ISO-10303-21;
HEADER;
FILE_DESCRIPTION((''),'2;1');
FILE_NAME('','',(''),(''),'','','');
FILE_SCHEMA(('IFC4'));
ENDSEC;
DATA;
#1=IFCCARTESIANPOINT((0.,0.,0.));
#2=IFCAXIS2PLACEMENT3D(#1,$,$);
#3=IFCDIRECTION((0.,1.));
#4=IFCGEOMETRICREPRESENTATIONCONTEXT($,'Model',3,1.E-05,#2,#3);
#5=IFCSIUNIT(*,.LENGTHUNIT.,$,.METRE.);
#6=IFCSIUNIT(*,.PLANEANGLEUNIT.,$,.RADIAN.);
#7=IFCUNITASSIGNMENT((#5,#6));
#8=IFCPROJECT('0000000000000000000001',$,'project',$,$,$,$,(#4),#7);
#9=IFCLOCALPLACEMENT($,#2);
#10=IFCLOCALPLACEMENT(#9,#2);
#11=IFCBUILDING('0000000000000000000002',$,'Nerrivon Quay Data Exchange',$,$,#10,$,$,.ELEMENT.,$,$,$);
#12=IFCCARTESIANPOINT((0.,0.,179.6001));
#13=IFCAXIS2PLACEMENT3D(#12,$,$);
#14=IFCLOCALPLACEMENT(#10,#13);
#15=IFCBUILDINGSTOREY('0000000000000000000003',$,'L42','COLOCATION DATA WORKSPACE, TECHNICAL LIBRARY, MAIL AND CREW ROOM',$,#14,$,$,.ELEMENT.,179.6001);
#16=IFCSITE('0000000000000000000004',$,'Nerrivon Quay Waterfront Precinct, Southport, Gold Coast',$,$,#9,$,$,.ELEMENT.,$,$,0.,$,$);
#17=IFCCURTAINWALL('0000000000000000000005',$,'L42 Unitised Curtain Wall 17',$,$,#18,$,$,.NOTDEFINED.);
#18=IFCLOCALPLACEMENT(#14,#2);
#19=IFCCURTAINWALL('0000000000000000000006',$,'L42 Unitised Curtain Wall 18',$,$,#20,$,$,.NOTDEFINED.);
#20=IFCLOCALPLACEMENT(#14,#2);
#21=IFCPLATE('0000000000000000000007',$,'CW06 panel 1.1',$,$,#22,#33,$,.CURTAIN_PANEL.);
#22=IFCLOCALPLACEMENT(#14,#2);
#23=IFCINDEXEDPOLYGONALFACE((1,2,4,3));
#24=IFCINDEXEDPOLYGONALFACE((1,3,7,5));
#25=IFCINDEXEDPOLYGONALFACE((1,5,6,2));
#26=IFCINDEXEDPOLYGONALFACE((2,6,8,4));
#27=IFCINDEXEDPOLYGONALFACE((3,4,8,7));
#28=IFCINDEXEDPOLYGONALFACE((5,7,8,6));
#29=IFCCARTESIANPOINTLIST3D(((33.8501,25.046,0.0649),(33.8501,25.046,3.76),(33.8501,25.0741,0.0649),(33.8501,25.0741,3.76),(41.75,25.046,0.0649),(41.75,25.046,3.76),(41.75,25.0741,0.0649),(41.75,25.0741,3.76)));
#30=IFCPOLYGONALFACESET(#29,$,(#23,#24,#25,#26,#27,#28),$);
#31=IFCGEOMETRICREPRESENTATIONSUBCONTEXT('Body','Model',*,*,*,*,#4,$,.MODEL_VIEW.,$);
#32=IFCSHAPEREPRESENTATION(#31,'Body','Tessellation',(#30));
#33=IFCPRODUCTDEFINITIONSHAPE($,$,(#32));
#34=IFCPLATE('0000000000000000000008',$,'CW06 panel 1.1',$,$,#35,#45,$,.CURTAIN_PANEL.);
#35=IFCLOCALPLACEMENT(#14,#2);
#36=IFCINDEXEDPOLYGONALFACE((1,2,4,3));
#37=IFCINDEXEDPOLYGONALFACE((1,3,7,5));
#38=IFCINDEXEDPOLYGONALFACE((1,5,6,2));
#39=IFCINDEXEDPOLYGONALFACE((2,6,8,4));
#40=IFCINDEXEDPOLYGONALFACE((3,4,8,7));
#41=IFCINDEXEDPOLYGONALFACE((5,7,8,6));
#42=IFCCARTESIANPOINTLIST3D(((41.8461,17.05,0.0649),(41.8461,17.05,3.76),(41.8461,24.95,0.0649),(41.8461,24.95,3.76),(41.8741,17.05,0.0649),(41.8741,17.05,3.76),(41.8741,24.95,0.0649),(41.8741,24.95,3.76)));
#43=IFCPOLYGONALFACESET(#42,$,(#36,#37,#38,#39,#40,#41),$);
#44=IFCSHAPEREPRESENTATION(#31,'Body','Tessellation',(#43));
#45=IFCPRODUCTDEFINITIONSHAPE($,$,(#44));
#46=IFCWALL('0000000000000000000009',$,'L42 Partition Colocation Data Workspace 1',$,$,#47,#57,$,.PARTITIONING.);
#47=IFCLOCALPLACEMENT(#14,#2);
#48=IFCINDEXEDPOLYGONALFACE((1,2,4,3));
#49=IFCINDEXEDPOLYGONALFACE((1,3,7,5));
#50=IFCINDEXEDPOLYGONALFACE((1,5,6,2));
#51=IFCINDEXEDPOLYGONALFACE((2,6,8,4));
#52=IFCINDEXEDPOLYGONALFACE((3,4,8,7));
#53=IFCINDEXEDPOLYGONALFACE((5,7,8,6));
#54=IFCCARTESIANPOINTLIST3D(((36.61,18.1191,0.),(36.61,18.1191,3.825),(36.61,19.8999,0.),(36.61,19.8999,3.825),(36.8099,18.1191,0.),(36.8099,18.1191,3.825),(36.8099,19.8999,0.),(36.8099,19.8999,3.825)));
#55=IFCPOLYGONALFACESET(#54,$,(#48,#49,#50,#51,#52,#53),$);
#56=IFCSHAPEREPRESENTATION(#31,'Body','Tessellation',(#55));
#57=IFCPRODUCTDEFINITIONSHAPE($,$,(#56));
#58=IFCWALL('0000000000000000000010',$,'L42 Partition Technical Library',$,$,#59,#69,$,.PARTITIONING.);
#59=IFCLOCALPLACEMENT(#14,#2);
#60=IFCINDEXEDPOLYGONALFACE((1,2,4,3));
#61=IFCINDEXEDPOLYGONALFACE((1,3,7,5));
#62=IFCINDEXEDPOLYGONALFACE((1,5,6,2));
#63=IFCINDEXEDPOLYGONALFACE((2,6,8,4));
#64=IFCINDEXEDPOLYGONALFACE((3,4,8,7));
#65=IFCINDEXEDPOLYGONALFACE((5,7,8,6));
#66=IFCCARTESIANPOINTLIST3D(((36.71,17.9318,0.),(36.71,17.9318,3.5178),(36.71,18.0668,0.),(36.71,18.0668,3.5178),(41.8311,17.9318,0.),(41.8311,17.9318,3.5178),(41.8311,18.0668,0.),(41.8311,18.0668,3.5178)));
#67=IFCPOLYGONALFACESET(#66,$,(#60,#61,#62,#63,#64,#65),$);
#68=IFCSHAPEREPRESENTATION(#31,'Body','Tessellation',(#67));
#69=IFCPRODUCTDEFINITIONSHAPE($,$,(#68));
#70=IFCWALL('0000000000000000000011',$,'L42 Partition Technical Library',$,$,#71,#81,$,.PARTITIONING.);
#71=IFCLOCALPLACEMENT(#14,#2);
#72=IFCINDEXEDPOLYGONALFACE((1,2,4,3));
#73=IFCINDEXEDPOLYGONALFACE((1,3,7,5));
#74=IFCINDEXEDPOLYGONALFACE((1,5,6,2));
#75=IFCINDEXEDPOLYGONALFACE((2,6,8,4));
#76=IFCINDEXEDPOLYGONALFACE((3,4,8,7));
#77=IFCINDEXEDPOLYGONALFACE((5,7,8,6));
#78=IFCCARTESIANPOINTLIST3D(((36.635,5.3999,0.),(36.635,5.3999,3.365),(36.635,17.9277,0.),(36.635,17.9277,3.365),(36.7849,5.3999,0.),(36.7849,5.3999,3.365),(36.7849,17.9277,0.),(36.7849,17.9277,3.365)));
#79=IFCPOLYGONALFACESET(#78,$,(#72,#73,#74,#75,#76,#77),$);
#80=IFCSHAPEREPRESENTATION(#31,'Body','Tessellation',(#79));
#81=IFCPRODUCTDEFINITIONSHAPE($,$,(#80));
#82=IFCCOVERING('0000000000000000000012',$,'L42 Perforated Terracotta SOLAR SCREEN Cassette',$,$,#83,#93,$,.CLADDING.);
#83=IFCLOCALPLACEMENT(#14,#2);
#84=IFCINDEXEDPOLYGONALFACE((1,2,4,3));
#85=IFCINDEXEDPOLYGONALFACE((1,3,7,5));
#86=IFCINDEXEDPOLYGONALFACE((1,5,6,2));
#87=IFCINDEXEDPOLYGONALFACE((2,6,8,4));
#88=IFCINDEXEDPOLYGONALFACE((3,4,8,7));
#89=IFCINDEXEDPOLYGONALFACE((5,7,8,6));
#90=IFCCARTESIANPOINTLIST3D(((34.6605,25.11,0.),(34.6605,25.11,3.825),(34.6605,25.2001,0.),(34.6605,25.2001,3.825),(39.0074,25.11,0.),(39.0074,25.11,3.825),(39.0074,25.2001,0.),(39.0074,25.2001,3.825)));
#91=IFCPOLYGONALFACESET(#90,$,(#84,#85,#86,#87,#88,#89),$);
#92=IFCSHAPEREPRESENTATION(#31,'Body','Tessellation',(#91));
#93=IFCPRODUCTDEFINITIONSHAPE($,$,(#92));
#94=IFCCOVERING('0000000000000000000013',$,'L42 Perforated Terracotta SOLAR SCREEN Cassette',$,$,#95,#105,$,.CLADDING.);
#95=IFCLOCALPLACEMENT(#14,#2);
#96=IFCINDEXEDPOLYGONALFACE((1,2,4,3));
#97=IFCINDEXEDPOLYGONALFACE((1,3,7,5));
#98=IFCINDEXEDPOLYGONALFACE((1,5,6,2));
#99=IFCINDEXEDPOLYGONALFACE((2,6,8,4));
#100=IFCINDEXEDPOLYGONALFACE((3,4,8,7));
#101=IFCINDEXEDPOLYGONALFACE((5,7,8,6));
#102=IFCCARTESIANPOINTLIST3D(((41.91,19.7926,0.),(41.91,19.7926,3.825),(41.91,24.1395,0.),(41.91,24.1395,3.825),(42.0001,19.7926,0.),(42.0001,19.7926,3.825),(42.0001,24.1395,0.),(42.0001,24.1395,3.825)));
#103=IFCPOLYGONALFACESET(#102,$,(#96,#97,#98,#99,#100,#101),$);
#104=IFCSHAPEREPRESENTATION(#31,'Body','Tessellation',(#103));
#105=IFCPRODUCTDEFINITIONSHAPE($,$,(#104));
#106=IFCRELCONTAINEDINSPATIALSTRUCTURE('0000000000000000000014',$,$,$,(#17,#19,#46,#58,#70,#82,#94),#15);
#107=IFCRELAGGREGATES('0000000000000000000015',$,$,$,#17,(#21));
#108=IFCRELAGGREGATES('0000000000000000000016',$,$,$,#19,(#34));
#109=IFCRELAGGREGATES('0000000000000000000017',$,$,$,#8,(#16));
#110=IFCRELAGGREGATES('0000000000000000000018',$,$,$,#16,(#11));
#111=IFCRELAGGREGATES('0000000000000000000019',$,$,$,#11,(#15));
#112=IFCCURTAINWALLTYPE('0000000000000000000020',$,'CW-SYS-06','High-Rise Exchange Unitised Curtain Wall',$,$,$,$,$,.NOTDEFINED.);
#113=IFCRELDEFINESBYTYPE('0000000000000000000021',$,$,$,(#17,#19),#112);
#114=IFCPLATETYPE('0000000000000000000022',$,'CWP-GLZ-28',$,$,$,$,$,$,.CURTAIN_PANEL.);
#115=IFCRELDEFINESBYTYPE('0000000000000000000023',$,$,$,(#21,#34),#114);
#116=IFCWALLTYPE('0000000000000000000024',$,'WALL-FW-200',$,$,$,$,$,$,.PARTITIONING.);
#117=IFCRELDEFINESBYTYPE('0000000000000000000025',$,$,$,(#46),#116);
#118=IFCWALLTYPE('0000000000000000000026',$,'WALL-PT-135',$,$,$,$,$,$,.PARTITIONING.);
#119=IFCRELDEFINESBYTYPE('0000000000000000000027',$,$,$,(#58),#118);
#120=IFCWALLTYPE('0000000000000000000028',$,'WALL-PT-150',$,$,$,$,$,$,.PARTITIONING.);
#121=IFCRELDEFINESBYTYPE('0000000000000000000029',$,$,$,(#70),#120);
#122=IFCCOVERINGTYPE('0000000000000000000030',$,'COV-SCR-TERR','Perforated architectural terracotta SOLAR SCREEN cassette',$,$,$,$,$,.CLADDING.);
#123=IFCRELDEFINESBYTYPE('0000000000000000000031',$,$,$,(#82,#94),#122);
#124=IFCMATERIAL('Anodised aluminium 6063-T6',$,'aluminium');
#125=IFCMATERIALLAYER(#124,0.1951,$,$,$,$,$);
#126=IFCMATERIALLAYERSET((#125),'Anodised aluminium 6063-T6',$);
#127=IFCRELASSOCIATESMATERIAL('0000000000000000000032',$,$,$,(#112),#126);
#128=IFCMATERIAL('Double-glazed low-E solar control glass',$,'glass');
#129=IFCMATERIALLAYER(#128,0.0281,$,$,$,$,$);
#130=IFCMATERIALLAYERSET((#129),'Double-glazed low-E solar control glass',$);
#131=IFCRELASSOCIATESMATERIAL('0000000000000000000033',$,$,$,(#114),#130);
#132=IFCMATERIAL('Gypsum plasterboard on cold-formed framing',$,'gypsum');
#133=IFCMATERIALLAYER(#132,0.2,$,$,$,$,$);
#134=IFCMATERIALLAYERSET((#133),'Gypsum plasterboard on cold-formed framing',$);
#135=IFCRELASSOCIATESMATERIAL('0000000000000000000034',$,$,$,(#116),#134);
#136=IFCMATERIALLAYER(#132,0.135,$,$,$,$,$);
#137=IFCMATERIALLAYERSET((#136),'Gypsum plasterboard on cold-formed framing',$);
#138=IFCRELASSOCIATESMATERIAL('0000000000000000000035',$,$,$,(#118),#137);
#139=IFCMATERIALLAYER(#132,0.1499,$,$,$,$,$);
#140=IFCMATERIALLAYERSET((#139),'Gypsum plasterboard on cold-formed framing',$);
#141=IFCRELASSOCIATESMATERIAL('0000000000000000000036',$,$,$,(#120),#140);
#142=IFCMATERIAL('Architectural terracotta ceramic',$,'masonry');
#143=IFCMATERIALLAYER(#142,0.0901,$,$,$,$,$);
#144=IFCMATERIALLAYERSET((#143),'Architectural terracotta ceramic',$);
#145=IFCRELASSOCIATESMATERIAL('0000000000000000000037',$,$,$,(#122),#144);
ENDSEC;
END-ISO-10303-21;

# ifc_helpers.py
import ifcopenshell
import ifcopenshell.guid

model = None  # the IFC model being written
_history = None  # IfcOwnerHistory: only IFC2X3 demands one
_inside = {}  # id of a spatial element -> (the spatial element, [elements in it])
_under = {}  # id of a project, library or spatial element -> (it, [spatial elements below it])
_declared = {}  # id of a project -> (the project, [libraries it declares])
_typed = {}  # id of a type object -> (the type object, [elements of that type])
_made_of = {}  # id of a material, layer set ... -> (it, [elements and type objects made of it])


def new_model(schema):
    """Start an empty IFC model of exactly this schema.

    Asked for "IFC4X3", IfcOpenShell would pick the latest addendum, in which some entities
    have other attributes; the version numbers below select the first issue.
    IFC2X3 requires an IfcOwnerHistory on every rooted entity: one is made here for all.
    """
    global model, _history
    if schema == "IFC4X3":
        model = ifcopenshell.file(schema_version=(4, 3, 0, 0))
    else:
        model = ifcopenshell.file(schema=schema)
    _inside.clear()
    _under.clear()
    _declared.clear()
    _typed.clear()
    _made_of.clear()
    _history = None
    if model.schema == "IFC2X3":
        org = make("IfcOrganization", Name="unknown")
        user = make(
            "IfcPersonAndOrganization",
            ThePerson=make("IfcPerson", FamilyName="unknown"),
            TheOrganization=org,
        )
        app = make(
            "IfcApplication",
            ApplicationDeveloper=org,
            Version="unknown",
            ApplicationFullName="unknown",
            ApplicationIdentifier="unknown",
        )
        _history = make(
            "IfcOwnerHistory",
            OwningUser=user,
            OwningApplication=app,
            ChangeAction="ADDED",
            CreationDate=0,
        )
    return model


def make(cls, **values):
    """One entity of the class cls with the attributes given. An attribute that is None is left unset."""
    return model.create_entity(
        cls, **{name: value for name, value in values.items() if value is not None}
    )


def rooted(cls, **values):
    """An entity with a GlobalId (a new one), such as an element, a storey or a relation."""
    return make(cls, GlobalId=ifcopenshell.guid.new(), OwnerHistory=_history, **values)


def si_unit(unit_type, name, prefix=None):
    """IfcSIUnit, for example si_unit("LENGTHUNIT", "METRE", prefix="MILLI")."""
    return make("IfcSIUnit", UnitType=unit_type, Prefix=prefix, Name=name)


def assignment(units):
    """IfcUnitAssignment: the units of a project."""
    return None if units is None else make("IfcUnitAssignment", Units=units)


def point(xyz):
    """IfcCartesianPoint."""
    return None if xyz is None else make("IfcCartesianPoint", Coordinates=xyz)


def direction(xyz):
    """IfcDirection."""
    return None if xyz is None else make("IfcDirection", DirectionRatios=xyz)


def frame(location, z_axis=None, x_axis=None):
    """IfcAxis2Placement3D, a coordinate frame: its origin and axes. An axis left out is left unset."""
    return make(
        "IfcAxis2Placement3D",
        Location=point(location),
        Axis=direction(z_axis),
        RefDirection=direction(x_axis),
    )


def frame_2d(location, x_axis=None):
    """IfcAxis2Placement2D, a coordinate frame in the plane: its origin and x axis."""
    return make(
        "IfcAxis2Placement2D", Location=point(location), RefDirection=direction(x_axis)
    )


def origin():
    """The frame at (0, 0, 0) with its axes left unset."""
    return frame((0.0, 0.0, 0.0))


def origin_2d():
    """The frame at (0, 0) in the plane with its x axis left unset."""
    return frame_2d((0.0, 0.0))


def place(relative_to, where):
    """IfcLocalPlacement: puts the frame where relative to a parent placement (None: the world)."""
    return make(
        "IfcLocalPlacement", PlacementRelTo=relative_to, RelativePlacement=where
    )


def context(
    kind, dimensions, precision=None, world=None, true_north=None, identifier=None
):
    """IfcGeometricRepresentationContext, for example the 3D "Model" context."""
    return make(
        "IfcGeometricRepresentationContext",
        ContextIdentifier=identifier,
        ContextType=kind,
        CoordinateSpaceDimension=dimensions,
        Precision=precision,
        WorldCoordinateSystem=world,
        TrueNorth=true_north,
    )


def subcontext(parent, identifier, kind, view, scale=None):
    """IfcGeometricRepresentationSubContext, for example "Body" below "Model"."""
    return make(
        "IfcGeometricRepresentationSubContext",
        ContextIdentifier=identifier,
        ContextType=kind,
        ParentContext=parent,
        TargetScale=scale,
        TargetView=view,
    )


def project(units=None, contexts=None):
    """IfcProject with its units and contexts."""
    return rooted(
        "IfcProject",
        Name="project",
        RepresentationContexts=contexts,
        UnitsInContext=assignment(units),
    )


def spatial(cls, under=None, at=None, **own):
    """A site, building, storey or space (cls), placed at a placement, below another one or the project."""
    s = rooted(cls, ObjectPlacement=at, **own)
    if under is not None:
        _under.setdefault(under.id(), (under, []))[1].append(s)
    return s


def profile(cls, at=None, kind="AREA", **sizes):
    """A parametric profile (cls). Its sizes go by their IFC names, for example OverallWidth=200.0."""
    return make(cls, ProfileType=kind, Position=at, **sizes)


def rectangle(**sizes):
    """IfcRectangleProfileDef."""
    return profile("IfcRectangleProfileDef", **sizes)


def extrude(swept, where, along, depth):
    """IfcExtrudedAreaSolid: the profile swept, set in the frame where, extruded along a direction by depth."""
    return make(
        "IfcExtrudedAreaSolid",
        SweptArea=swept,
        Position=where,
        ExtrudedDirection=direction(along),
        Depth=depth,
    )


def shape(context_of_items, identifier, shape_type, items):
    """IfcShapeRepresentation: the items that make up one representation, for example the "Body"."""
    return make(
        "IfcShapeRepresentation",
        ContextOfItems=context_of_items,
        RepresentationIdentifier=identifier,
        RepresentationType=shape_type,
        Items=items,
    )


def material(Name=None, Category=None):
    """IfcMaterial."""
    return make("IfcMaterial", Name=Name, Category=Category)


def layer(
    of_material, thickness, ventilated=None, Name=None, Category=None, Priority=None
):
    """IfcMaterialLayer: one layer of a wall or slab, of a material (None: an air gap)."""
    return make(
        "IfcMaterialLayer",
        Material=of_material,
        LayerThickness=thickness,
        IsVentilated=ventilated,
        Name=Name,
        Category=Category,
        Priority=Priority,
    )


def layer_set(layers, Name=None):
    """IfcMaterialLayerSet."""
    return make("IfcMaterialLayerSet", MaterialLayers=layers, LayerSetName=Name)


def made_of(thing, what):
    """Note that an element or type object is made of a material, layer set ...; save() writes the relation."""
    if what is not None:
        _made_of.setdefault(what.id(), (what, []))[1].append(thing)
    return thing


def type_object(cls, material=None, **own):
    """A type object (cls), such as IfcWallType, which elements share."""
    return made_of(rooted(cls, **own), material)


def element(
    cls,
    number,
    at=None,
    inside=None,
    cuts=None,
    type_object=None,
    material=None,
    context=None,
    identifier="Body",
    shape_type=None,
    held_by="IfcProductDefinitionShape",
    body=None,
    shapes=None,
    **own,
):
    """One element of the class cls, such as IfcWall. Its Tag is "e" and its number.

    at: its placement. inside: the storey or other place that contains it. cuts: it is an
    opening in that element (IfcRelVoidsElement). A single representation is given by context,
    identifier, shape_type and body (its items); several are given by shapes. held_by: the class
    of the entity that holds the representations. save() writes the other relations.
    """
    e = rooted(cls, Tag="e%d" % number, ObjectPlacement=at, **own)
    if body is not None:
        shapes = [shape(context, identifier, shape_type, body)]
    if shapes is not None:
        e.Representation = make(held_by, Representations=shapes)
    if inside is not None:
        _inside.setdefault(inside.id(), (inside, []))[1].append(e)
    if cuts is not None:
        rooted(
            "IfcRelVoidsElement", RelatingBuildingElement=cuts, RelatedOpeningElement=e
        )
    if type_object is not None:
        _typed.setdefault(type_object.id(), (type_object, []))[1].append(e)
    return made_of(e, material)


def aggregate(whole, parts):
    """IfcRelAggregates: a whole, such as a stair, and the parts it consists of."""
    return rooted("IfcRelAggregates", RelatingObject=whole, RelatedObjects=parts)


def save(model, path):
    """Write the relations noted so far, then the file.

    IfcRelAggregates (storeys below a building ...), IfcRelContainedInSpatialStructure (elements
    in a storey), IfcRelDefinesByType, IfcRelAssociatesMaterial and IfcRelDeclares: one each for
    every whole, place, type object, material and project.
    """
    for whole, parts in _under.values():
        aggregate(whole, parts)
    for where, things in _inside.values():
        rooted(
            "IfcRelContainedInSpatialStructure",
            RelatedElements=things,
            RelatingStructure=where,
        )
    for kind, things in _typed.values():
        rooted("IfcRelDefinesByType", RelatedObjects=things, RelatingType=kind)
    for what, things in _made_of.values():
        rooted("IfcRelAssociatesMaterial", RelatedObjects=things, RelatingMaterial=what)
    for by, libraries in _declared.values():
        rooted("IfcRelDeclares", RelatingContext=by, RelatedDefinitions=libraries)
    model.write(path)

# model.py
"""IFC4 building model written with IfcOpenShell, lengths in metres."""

from ifc_helpers import new_model, si_unit, direction, frame, frame_2d, origin, origin_2d, place, context, subcontext, project, spatial, rectangle, extrude, material, layer, layer_set, type_object, element, aggregate, save


model = new_model("IFC4")

# Units and contexts
model_context = context("Model", 3, precision=1e-05, world=origin(), true_north=direction((0.0, 1.0)))
body_context = subcontext(model_context, "Body", "Model", "MODEL_VIEW")
ifc_project = project(units=[si_unit("LENGTHUNIT", "METRE"), si_unit("PLANEANGLEUNIT", "RADIAN")], contexts=[model_context])

# Site, building, storey
site_placement = place(None, origin())
site = spatial("IfcSite", under=ifc_project, at=site_placement, Name="Nerrivon Quay Waterfront Precinct, Southport, Gold Coast", CompositionType="ELEMENT", RefElevation=0.0)
building_placement = place(site_placement, origin())
building = spatial("IfcBuilding", under=site, at=building_placement, Name="Nerrivon Quay Data Exchange", CompositionType="ELEMENT")
storey_placement = place(building_placement, frame((0.0, 0.0, 179.6001)))
storey = spatial("IfcBuildingStorey", under=building, at=storey_placement, Name="L42", Description="COLOCATION DATA WORKSPACE, TECHNICAL LIBRARY, MAIL AND CREW ROOM", CompositionType="ELEMENT", Elevation=179.6001)

# Shared definitions
ifc_material_1 = material(Name="Anodised aluminium 6063-T6", Category="aluminium")
ifc_layer_1 = layer(ifc_material_1, 0.1951)
ifc_layer_set_1 = layer_set([ifc_layer_1], Name="Anodised aluminium 6063-T6")
curtain_wall_type = type_object("IfcCurtainWallType", Name="CW-SYS-06", Description="High-Rise Exchange Unitised Curtain Wall", PredefinedType="NOTDEFINED", material=ifc_layer_set_1)

# Curtain walls
curtain_wall_1_placement = place(storey_placement, origin())
curtain_wall_1 = element("IfcCurtainWall", 1, at=curtain_wall_1_placement, inside=storey, type_object=curtain_wall_type, Name="L42 Unitised Curtain Wall 17", PredefinedType="NOTDEFINED")
curtain_wall_2_placement = place(storey_placement, origin())
curtain_wall_2 = element("IfcCurtainWall", 2, at=curtain_wall_2_placement, inside=storey, type_object=curtain_wall_type, Name="L42 Unitised Curtain Wall 18", PredefinedType="NOTDEFINED")

# Plates
ifc_material_2 = material(Name="Double-glazed low-E solar control glass", Category="glass")
ifc_layer_2 = layer(ifc_material_2, 0.0281)
ifc_layer_set_2 = layer_set([ifc_layer_2], Name="Double-glazed low-E solar control glass")
plate_type = type_object("IfcPlateType", Name="CWP-GLZ-28", PredefinedType="CURTAIN_PANEL", material=ifc_layer_set_2)
plate_1_placement = place(storey_placement, frame((37.8, 25.0601, 0.0649), z_axis=(0.0, 0.0, 1.0), x_axis=(1.0, 0.0, 0.0)))
plate_1 = element("IfcPlate", 3, at=plate_1_placement, type_object=plate_type, Name="CW06 panel 1.1", PredefinedType="CURTAIN_PANEL", context=body_context, shape_type="SweptSolid", body=[
    extrude(rectangle(XDim=7.8999, YDim=0.0281, at=origin_2d()), origin(), (0.0, 0.0, 1.0), 3.6951),
])
aggregate(curtain_wall_1, [plate_1])
plate_2_placement = place(storey_placement, frame((41.8601, 21.0, 0.0649), z_axis=(0.0, 0.0, 1.0), x_axis=(0.0, -1.0, 0.0)))
plate_2 = element("IfcPlate", 4, at=plate_2_placement, type_object=plate_type, Name="CW06 panel 1.1", PredefinedType="CURTAIN_PANEL", context=body_context, shape_type="SweptSolid", body=[
    extrude(rectangle(XDim=7.8999, YDim=0.0281, at=origin_2d()), origin(), (0.0, 0.0, 1.0), 3.6951),
])
aggregate(curtain_wall_2, [plate_2])

# Walls
ifc_material_3 = material(Name="Gypsum plasterboard on cold-formed framing", Category="gypsum")
ifc_layer_3 = layer(ifc_material_3, 0.2)
ifc_layer_set_3 = layer_set([ifc_layer_3], Name="Gypsum plasterboard on cold-formed framing")
wall_type_1 = type_object("IfcWallType", Name="WALL-FW-200", PredefinedType="PARTITIONING", material=ifc_layer_set_3)
wall_1_placement = place(storey_placement, frame((36.71, 19.8999, 0.0), z_axis=(0.0, 0.0, 1.0), x_axis=(0.0, -1.0, 0.0)))
element("IfcWall", 5, at=wall_1_placement, inside=storey, type_object=wall_type_1, Name="L42 Partition Colocation Data Workspace 1", PredefinedType="PARTITIONING", context=body_context, shape_type="SweptSolid", body=[
    extrude(rectangle(XDim=1.7808, YDim=0.2, at=frame_2d((0.8904, 0.0))), origin(), (0.0, 0.0, 1.0), 3.825),
])
ifc_layer_4 = layer(ifc_material_3, 0.135)
ifc_layer_set_4 = layer_set([ifc_layer_4], Name="Gypsum plasterboard on cold-formed framing")
wall_type_2 = type_object("IfcWallType", Name="WALL-PT-135", PredefinedType="PARTITIONING", material=ifc_layer_set_4)
wall_2_placement = place(storey_placement, frame((41.8311, 17.9993, 0.0), z_axis=(0.0, 0.0, 1.0), x_axis=(-1.0, 0.0, 0.0)))
element("IfcWall", 6, at=wall_2_placement, inside=storey, type_object=wall_type_2, Name="L42 Partition Technical Library", PredefinedType="PARTITIONING", context=body_context, shape_type="SweptSolid", body=[
    extrude(rectangle(XDim=5.1211, YDim=0.135, at=frame_2d((2.5605, 0.0))), origin(), (0.0, 0.0, 1.0), 3.5178),
])
ifc_layer_5 = layer(ifc_material_3, 0.1499)
ifc_layer_set_5 = layer_set([ifc_layer_5], Name="Gypsum plasterboard on cold-formed framing")
wall_type_3 = type_object("IfcWallType", Name="WALL-PT-150", PredefinedType="PARTITIONING", material=ifc_layer_set_5)
wall_3_placement = place(storey_placement, frame((36.71, 17.9277, 0.0), z_axis=(0.0, 0.0, 1.0), x_axis=(0.0, -1.0, 0.0)))
element("IfcWall", 7, at=wall_3_placement, inside=storey, type_object=wall_type_3, Name="L42 Partition Technical Library", PredefinedType="PARTITIONING", context=body_context, shape_type="SweptSolid", body=[
    extrude(rectangle(XDim=12.5278, YDim=0.1499, at=frame_2d((6.2639, 0.0))), origin(), (0.0, 0.0, 1.0), 3.365),
])

# Coverings
ifc_material_4 = material(Name="Architectural terracotta ceramic", Category="masonry")
ifc_layer_6 = layer(ifc_material_4, 0.0901)
ifc_layer_set_6 = layer_set([ifc_layer_6], Name="Architectural terracotta ceramic")
covering_type = type_object("IfcCoveringType", Name="COV-SCR-TERR", Description="Perforated architectural terracotta SOLAR SCREEN cassette", PredefinedType="CLADDING", material=ifc_layer_set_6)
for number, where, z_axis, x_axis, name in (
    (8, (36.834, 25.155, 0.0), (0.0, 0.0, 1.0), (1.0, 0.0, 0.0), "L42 Perforated Terracotta SOLAR SCREEN Cassette"),
    (9, (41.9551, 21.9661, 0.0), (0.0, 0.0, 1.0), (0.0, -1.0, 0.0), "L42 Perforated Terracotta SOLAR SCREEN Cassette"),
):
    element("IfcCovering", number, at=place(storey_placement, frame(where, z_axis=z_axis, x_axis=x_axis)), inside=storey, type_object=covering_type, Name=name, PredefinedType="CLADDING", context=body_context, shape_type="SweptSolid", body=[
        extrude(rectangle(XDim=4.3469, YDim=0.0901, at=origin_2d()), origin(), (0.0, 0.0, 1.0), 3.825),
    ])

save(model, "model.ifc")
